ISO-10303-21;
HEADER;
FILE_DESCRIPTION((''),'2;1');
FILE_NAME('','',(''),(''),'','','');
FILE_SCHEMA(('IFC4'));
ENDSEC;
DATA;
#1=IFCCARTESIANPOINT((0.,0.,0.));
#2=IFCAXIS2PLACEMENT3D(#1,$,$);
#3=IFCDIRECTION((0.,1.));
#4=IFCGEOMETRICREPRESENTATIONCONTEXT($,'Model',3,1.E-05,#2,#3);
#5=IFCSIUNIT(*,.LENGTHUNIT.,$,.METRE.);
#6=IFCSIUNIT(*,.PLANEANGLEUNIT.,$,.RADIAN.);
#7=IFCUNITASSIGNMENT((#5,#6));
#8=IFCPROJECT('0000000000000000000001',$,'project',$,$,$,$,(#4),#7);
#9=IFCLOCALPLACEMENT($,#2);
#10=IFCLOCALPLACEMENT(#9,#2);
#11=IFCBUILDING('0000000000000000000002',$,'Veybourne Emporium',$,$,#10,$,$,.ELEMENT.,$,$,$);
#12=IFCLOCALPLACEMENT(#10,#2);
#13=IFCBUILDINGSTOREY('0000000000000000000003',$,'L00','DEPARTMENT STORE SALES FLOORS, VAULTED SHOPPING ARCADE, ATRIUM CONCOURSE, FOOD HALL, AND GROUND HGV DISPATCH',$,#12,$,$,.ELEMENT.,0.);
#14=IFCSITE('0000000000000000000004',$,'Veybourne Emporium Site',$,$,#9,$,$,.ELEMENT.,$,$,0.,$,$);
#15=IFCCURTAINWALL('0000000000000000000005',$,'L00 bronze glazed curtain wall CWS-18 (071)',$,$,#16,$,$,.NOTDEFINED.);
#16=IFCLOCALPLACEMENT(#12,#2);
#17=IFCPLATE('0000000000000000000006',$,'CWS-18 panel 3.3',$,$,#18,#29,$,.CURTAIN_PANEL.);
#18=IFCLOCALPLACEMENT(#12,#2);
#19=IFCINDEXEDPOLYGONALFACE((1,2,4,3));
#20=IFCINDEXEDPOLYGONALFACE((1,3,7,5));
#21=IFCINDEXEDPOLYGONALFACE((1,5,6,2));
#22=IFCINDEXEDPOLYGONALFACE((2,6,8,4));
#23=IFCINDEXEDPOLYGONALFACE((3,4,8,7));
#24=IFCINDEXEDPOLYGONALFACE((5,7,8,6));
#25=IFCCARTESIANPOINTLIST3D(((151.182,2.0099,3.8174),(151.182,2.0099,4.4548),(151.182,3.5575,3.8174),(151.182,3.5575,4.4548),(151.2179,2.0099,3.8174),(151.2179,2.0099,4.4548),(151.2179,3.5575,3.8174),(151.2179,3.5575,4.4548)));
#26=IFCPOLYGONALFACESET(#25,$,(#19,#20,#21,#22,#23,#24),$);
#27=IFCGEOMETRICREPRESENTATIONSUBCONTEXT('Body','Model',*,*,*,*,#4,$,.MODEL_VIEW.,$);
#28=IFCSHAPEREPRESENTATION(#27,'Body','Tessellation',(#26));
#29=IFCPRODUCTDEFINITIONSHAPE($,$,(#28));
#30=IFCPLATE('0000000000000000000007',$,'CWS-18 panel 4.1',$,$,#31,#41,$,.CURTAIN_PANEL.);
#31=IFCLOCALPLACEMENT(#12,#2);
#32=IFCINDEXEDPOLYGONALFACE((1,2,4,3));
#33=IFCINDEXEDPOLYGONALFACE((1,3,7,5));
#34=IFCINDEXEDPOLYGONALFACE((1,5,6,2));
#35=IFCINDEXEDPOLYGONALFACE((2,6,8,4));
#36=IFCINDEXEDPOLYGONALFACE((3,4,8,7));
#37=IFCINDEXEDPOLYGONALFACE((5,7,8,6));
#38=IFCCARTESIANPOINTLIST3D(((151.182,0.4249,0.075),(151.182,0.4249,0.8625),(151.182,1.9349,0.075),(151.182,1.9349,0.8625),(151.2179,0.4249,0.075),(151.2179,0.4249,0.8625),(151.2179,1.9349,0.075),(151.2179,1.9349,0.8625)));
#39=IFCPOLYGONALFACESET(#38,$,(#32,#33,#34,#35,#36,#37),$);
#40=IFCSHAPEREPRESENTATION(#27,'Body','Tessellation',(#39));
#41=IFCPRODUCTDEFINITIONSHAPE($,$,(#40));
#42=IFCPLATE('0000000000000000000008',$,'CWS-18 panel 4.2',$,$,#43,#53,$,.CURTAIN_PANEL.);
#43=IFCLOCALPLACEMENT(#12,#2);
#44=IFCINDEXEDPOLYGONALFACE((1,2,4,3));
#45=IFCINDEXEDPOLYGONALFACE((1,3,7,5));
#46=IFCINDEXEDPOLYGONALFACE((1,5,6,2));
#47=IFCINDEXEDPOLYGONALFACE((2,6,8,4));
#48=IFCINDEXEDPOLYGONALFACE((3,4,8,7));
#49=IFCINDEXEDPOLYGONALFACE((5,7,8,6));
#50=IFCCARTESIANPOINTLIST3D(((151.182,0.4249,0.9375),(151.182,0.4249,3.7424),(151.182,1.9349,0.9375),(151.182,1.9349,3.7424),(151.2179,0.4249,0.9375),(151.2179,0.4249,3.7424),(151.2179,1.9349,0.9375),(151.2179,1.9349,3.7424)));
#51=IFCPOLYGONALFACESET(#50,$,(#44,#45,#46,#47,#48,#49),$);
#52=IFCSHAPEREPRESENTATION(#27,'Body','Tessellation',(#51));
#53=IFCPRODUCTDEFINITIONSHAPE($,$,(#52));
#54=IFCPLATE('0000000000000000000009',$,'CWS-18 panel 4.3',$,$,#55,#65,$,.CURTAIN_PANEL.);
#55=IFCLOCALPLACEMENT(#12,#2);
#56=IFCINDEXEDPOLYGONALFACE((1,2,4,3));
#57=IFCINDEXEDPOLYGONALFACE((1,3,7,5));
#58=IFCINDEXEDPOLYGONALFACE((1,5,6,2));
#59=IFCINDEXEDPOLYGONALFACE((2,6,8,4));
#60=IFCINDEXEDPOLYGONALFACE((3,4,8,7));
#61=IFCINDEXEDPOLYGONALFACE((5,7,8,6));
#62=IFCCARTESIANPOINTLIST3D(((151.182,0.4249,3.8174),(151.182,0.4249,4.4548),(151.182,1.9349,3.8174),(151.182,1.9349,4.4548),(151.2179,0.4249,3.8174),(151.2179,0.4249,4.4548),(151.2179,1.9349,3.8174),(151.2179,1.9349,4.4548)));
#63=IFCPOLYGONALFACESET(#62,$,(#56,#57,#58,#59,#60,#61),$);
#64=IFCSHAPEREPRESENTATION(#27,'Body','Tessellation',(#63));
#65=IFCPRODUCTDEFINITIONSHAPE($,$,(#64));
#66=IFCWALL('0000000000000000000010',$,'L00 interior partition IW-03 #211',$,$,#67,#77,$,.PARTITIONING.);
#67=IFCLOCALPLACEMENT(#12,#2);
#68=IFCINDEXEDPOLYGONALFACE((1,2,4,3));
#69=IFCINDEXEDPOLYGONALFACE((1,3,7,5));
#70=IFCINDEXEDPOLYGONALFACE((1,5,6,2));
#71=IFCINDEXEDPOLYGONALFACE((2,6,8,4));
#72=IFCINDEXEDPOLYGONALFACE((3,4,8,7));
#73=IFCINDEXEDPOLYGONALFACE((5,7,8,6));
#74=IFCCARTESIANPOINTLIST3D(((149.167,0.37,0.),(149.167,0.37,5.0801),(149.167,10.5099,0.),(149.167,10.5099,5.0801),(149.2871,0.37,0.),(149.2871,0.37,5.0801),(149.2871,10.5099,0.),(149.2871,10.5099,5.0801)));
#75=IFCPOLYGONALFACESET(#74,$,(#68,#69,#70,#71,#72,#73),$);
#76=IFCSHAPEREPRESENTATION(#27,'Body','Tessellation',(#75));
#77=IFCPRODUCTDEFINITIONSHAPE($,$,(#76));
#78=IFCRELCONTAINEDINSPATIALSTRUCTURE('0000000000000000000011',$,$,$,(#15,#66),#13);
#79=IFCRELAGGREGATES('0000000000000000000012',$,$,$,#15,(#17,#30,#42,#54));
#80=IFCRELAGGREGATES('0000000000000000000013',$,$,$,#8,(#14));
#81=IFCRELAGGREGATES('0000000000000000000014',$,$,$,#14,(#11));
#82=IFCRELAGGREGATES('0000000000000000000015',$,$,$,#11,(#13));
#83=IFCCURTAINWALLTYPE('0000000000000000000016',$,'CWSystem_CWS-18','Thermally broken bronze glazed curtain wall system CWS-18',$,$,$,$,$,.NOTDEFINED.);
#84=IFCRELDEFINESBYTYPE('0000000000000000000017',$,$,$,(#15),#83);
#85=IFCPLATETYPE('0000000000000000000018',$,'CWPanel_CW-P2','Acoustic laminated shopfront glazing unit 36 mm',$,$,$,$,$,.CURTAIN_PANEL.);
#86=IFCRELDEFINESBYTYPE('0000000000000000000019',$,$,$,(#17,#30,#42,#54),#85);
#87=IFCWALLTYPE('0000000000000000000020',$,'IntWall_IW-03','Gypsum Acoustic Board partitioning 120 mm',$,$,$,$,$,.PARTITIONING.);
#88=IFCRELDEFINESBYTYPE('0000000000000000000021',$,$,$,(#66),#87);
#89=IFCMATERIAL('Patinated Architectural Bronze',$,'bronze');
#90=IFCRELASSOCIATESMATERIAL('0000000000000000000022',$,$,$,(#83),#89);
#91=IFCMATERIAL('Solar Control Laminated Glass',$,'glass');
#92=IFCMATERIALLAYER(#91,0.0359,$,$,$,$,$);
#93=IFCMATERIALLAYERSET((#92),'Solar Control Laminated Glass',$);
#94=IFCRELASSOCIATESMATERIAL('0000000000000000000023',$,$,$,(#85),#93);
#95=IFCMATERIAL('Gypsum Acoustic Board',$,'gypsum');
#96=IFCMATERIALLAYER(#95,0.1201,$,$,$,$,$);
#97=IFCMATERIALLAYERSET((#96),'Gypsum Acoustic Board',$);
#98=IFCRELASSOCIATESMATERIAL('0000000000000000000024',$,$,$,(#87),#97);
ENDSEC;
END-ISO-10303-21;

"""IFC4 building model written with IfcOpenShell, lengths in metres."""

from ifc_helpers import new_model, si_unit, direction, frame, frame_2d, origin, origin_2d, place, context, subcontext, project, spatial, rectangle, extrude, material, layer, layer_set, type_object, element, aggregate, save


model = new_model("IFC4")

# Units and contexts
model_context = context("Model", 3, precision=1e-05, world=origin(), true_north=direction((0.0, 1.0)))
body_context = subcontext(model_context, "Body", "Model", "MODEL_VIEW")
ifc_project = project(units=[si_unit("LENGTHUNIT", "METRE"), si_unit("PLANEANGLEUNIT", "RADIAN")], contexts=[model_context])

# Site, building, storey
site_placement = place(None, origin())
site = spatial("IfcSite", under=ifc_project, at=site_placement, Name="Veybourne Emporium Site", CompositionType="ELEMENT", RefElevation=0.0)
building_placement = place(site_placement, origin())
building = spatial("IfcBuilding", under=site, at=building_placement, Name="Veybourne Emporium", CompositionType="ELEMENT")
storey_placement = place(building_placement, origin())
storey = spatial("IfcBuildingStorey", under=building, at=storey_placement, Name="L00", Description="DEPARTMENT STORE SALES FLOORS, VAULTED SHOPPING ARCADE, ATRIUM CONCOURSE, FOOD HALL, AND GROUND HGV DISPATCH", CompositionType="ELEMENT", Elevation=0.0)

# Curtain wall
ifc_material_1 = material(Name="Patinated Architectural Bronze", Category="bronze")
curtain_wall_type_1 = type_object("IfcCurtainWallType", Name="CWSystem_CWS-18", Description="Thermally broken bronze glazed curtain wall system CWS-18", PredefinedType="NOTDEFINED", material=ifc_material_1)
curtain_wall_1_placement = place(storey_placement, origin())
curtain_wall_1 = element("IfcCurtainWall", 1, at=curtain_wall_1_placement, inside=storey, type_object=curtain_wall_type_1, Name="L00 bronze glazed curtain wall CWS-18 (071)", PredefinedType="NOTDEFINED")

# Plates
ifc_material_2 = material(Name="Solar Control Laminated Glass", Category="glass")
ifc_layer_1 = layer(ifc_material_2, 0.0359)
ifc_layer_set_1 = layer_set([ifc_layer_1], Name="Solar Control Laminated Glass")
plate_type = type_object("IfcPlateType", Name="CWPanel_CW-P2", Description="Acoustic laminated shopfront glazing unit 36 mm", PredefinedType="CURTAIN_PANEL", material=ifc_layer_set_1)
plate_1_placement = place(storey_placement, frame((151.2, 2.7837, 3.8174), z_axis=(0.0, 0.0, 1.0), x_axis=(0.0, -1.0, 0.0)))
plate_1 = element("IfcPlate", 2, at=plate_1_placement, type_object=plate_type, Name="CWS-18 panel 3.3", PredefinedType="CURTAIN_PANEL", context=body_context, shape_type="SweptSolid", body=[
    extrude(rectangle(XDim=1.5476, YDim=0.0359, at=origin_2d()), origin(), (0.0, 0.0, 1.0), 0.6375),
])
plate_2_placement = place(storey_placement, frame((151.2, 1.1799, 0.075), z_axis=(0.0, 0.0, 1.0), x_axis=(0.0, -1.0, 0.0)))
plate_2 = element("IfcPlate", 3, at=plate_2_placement, type_object=plate_type, Name="CWS-18 panel 4.1", PredefinedType="CURTAIN_PANEL", context=body_context, shape_type="SweptSolid", body=[
    extrude(rectangle(XDim=1.51, YDim=0.0359, at=origin_2d()), origin(), (0.0, 0.0, 1.0), 0.7876),
])
plate_3_placement = place(storey_placement, frame((151.2, 1.1799, 0.9375), z_axis=(0.0, 0.0, 1.0), x_axis=(0.0, -1.0, 0.0)))
plate_3 = element("IfcPlate", 4, at=plate_3_placement, type_object=plate_type, Name="CWS-18 panel 4.2", PredefinedType="CURTAIN_PANEL", context=body_context, shape_type="SweptSolid", body=[
    extrude(rectangle(XDim=1.51, YDim=0.0359, at=origin_2d()), origin(), (0.0, 0.0, 1.0), 2.8049),
])
plate_4_placement = place(storey_placement, frame((151.2, 1.1799, 3.8174), z_axis=(0.0, 0.0, 1.0), x_axis=(0.0, -1.0, 0.0)))
plate_4 = element("IfcPlate", 5, at=plate_4_placement, type_object=plate_type, Name="CWS-18 panel 4.3", PredefinedType="CURTAIN_PANEL", context=body_context, shape_type="SweptSolid", body=[
    extrude(rectangle(XDim=1.51, YDim=0.0359, at=origin_2d()), origin(), (0.0, 0.0, 1.0), 0.6375),
])
aggregate(curtain_wall_1, [plate_1, plate_2, plate_3, plate_4])

# Wall
ifc_material_3 = material(Name="Gypsum Acoustic Board", Category="gypsum")
ifc_layer_2 = layer(ifc_material_3, 0.1201)
ifc_layer_set_2 = layer_set([ifc_layer_2], Name="Gypsum Acoustic Board")
wall_type = type_object("IfcWallType", Name="IntWall_IW-03", Description="Gypsum Acoustic Board partitioning 120 mm", PredefinedType="PARTITIONING", material=ifc_layer_set_2)
wall_placement = place(storey_placement, frame((149.2271, 0.3701, 0.0), z_axis=(0.0, 0.0, 1.0), x_axis=(0.0, 1.0, 0.0)))
element("IfcWall", 6, at=wall_placement, inside=storey, type_object=wall_type, Name="L00 interior partition IW-03 #211", PredefinedType="PARTITIONING", context=body_context, shape_type="SweptSolid", body=[
    extrude(rectangle(XDim=10.1399, YDim=0.1201, at=frame_2d((5.0698, 0.0))), origin(), (0.0, 0.0, 1.0), 5.0801),
])

save(model, "model.ifc")
